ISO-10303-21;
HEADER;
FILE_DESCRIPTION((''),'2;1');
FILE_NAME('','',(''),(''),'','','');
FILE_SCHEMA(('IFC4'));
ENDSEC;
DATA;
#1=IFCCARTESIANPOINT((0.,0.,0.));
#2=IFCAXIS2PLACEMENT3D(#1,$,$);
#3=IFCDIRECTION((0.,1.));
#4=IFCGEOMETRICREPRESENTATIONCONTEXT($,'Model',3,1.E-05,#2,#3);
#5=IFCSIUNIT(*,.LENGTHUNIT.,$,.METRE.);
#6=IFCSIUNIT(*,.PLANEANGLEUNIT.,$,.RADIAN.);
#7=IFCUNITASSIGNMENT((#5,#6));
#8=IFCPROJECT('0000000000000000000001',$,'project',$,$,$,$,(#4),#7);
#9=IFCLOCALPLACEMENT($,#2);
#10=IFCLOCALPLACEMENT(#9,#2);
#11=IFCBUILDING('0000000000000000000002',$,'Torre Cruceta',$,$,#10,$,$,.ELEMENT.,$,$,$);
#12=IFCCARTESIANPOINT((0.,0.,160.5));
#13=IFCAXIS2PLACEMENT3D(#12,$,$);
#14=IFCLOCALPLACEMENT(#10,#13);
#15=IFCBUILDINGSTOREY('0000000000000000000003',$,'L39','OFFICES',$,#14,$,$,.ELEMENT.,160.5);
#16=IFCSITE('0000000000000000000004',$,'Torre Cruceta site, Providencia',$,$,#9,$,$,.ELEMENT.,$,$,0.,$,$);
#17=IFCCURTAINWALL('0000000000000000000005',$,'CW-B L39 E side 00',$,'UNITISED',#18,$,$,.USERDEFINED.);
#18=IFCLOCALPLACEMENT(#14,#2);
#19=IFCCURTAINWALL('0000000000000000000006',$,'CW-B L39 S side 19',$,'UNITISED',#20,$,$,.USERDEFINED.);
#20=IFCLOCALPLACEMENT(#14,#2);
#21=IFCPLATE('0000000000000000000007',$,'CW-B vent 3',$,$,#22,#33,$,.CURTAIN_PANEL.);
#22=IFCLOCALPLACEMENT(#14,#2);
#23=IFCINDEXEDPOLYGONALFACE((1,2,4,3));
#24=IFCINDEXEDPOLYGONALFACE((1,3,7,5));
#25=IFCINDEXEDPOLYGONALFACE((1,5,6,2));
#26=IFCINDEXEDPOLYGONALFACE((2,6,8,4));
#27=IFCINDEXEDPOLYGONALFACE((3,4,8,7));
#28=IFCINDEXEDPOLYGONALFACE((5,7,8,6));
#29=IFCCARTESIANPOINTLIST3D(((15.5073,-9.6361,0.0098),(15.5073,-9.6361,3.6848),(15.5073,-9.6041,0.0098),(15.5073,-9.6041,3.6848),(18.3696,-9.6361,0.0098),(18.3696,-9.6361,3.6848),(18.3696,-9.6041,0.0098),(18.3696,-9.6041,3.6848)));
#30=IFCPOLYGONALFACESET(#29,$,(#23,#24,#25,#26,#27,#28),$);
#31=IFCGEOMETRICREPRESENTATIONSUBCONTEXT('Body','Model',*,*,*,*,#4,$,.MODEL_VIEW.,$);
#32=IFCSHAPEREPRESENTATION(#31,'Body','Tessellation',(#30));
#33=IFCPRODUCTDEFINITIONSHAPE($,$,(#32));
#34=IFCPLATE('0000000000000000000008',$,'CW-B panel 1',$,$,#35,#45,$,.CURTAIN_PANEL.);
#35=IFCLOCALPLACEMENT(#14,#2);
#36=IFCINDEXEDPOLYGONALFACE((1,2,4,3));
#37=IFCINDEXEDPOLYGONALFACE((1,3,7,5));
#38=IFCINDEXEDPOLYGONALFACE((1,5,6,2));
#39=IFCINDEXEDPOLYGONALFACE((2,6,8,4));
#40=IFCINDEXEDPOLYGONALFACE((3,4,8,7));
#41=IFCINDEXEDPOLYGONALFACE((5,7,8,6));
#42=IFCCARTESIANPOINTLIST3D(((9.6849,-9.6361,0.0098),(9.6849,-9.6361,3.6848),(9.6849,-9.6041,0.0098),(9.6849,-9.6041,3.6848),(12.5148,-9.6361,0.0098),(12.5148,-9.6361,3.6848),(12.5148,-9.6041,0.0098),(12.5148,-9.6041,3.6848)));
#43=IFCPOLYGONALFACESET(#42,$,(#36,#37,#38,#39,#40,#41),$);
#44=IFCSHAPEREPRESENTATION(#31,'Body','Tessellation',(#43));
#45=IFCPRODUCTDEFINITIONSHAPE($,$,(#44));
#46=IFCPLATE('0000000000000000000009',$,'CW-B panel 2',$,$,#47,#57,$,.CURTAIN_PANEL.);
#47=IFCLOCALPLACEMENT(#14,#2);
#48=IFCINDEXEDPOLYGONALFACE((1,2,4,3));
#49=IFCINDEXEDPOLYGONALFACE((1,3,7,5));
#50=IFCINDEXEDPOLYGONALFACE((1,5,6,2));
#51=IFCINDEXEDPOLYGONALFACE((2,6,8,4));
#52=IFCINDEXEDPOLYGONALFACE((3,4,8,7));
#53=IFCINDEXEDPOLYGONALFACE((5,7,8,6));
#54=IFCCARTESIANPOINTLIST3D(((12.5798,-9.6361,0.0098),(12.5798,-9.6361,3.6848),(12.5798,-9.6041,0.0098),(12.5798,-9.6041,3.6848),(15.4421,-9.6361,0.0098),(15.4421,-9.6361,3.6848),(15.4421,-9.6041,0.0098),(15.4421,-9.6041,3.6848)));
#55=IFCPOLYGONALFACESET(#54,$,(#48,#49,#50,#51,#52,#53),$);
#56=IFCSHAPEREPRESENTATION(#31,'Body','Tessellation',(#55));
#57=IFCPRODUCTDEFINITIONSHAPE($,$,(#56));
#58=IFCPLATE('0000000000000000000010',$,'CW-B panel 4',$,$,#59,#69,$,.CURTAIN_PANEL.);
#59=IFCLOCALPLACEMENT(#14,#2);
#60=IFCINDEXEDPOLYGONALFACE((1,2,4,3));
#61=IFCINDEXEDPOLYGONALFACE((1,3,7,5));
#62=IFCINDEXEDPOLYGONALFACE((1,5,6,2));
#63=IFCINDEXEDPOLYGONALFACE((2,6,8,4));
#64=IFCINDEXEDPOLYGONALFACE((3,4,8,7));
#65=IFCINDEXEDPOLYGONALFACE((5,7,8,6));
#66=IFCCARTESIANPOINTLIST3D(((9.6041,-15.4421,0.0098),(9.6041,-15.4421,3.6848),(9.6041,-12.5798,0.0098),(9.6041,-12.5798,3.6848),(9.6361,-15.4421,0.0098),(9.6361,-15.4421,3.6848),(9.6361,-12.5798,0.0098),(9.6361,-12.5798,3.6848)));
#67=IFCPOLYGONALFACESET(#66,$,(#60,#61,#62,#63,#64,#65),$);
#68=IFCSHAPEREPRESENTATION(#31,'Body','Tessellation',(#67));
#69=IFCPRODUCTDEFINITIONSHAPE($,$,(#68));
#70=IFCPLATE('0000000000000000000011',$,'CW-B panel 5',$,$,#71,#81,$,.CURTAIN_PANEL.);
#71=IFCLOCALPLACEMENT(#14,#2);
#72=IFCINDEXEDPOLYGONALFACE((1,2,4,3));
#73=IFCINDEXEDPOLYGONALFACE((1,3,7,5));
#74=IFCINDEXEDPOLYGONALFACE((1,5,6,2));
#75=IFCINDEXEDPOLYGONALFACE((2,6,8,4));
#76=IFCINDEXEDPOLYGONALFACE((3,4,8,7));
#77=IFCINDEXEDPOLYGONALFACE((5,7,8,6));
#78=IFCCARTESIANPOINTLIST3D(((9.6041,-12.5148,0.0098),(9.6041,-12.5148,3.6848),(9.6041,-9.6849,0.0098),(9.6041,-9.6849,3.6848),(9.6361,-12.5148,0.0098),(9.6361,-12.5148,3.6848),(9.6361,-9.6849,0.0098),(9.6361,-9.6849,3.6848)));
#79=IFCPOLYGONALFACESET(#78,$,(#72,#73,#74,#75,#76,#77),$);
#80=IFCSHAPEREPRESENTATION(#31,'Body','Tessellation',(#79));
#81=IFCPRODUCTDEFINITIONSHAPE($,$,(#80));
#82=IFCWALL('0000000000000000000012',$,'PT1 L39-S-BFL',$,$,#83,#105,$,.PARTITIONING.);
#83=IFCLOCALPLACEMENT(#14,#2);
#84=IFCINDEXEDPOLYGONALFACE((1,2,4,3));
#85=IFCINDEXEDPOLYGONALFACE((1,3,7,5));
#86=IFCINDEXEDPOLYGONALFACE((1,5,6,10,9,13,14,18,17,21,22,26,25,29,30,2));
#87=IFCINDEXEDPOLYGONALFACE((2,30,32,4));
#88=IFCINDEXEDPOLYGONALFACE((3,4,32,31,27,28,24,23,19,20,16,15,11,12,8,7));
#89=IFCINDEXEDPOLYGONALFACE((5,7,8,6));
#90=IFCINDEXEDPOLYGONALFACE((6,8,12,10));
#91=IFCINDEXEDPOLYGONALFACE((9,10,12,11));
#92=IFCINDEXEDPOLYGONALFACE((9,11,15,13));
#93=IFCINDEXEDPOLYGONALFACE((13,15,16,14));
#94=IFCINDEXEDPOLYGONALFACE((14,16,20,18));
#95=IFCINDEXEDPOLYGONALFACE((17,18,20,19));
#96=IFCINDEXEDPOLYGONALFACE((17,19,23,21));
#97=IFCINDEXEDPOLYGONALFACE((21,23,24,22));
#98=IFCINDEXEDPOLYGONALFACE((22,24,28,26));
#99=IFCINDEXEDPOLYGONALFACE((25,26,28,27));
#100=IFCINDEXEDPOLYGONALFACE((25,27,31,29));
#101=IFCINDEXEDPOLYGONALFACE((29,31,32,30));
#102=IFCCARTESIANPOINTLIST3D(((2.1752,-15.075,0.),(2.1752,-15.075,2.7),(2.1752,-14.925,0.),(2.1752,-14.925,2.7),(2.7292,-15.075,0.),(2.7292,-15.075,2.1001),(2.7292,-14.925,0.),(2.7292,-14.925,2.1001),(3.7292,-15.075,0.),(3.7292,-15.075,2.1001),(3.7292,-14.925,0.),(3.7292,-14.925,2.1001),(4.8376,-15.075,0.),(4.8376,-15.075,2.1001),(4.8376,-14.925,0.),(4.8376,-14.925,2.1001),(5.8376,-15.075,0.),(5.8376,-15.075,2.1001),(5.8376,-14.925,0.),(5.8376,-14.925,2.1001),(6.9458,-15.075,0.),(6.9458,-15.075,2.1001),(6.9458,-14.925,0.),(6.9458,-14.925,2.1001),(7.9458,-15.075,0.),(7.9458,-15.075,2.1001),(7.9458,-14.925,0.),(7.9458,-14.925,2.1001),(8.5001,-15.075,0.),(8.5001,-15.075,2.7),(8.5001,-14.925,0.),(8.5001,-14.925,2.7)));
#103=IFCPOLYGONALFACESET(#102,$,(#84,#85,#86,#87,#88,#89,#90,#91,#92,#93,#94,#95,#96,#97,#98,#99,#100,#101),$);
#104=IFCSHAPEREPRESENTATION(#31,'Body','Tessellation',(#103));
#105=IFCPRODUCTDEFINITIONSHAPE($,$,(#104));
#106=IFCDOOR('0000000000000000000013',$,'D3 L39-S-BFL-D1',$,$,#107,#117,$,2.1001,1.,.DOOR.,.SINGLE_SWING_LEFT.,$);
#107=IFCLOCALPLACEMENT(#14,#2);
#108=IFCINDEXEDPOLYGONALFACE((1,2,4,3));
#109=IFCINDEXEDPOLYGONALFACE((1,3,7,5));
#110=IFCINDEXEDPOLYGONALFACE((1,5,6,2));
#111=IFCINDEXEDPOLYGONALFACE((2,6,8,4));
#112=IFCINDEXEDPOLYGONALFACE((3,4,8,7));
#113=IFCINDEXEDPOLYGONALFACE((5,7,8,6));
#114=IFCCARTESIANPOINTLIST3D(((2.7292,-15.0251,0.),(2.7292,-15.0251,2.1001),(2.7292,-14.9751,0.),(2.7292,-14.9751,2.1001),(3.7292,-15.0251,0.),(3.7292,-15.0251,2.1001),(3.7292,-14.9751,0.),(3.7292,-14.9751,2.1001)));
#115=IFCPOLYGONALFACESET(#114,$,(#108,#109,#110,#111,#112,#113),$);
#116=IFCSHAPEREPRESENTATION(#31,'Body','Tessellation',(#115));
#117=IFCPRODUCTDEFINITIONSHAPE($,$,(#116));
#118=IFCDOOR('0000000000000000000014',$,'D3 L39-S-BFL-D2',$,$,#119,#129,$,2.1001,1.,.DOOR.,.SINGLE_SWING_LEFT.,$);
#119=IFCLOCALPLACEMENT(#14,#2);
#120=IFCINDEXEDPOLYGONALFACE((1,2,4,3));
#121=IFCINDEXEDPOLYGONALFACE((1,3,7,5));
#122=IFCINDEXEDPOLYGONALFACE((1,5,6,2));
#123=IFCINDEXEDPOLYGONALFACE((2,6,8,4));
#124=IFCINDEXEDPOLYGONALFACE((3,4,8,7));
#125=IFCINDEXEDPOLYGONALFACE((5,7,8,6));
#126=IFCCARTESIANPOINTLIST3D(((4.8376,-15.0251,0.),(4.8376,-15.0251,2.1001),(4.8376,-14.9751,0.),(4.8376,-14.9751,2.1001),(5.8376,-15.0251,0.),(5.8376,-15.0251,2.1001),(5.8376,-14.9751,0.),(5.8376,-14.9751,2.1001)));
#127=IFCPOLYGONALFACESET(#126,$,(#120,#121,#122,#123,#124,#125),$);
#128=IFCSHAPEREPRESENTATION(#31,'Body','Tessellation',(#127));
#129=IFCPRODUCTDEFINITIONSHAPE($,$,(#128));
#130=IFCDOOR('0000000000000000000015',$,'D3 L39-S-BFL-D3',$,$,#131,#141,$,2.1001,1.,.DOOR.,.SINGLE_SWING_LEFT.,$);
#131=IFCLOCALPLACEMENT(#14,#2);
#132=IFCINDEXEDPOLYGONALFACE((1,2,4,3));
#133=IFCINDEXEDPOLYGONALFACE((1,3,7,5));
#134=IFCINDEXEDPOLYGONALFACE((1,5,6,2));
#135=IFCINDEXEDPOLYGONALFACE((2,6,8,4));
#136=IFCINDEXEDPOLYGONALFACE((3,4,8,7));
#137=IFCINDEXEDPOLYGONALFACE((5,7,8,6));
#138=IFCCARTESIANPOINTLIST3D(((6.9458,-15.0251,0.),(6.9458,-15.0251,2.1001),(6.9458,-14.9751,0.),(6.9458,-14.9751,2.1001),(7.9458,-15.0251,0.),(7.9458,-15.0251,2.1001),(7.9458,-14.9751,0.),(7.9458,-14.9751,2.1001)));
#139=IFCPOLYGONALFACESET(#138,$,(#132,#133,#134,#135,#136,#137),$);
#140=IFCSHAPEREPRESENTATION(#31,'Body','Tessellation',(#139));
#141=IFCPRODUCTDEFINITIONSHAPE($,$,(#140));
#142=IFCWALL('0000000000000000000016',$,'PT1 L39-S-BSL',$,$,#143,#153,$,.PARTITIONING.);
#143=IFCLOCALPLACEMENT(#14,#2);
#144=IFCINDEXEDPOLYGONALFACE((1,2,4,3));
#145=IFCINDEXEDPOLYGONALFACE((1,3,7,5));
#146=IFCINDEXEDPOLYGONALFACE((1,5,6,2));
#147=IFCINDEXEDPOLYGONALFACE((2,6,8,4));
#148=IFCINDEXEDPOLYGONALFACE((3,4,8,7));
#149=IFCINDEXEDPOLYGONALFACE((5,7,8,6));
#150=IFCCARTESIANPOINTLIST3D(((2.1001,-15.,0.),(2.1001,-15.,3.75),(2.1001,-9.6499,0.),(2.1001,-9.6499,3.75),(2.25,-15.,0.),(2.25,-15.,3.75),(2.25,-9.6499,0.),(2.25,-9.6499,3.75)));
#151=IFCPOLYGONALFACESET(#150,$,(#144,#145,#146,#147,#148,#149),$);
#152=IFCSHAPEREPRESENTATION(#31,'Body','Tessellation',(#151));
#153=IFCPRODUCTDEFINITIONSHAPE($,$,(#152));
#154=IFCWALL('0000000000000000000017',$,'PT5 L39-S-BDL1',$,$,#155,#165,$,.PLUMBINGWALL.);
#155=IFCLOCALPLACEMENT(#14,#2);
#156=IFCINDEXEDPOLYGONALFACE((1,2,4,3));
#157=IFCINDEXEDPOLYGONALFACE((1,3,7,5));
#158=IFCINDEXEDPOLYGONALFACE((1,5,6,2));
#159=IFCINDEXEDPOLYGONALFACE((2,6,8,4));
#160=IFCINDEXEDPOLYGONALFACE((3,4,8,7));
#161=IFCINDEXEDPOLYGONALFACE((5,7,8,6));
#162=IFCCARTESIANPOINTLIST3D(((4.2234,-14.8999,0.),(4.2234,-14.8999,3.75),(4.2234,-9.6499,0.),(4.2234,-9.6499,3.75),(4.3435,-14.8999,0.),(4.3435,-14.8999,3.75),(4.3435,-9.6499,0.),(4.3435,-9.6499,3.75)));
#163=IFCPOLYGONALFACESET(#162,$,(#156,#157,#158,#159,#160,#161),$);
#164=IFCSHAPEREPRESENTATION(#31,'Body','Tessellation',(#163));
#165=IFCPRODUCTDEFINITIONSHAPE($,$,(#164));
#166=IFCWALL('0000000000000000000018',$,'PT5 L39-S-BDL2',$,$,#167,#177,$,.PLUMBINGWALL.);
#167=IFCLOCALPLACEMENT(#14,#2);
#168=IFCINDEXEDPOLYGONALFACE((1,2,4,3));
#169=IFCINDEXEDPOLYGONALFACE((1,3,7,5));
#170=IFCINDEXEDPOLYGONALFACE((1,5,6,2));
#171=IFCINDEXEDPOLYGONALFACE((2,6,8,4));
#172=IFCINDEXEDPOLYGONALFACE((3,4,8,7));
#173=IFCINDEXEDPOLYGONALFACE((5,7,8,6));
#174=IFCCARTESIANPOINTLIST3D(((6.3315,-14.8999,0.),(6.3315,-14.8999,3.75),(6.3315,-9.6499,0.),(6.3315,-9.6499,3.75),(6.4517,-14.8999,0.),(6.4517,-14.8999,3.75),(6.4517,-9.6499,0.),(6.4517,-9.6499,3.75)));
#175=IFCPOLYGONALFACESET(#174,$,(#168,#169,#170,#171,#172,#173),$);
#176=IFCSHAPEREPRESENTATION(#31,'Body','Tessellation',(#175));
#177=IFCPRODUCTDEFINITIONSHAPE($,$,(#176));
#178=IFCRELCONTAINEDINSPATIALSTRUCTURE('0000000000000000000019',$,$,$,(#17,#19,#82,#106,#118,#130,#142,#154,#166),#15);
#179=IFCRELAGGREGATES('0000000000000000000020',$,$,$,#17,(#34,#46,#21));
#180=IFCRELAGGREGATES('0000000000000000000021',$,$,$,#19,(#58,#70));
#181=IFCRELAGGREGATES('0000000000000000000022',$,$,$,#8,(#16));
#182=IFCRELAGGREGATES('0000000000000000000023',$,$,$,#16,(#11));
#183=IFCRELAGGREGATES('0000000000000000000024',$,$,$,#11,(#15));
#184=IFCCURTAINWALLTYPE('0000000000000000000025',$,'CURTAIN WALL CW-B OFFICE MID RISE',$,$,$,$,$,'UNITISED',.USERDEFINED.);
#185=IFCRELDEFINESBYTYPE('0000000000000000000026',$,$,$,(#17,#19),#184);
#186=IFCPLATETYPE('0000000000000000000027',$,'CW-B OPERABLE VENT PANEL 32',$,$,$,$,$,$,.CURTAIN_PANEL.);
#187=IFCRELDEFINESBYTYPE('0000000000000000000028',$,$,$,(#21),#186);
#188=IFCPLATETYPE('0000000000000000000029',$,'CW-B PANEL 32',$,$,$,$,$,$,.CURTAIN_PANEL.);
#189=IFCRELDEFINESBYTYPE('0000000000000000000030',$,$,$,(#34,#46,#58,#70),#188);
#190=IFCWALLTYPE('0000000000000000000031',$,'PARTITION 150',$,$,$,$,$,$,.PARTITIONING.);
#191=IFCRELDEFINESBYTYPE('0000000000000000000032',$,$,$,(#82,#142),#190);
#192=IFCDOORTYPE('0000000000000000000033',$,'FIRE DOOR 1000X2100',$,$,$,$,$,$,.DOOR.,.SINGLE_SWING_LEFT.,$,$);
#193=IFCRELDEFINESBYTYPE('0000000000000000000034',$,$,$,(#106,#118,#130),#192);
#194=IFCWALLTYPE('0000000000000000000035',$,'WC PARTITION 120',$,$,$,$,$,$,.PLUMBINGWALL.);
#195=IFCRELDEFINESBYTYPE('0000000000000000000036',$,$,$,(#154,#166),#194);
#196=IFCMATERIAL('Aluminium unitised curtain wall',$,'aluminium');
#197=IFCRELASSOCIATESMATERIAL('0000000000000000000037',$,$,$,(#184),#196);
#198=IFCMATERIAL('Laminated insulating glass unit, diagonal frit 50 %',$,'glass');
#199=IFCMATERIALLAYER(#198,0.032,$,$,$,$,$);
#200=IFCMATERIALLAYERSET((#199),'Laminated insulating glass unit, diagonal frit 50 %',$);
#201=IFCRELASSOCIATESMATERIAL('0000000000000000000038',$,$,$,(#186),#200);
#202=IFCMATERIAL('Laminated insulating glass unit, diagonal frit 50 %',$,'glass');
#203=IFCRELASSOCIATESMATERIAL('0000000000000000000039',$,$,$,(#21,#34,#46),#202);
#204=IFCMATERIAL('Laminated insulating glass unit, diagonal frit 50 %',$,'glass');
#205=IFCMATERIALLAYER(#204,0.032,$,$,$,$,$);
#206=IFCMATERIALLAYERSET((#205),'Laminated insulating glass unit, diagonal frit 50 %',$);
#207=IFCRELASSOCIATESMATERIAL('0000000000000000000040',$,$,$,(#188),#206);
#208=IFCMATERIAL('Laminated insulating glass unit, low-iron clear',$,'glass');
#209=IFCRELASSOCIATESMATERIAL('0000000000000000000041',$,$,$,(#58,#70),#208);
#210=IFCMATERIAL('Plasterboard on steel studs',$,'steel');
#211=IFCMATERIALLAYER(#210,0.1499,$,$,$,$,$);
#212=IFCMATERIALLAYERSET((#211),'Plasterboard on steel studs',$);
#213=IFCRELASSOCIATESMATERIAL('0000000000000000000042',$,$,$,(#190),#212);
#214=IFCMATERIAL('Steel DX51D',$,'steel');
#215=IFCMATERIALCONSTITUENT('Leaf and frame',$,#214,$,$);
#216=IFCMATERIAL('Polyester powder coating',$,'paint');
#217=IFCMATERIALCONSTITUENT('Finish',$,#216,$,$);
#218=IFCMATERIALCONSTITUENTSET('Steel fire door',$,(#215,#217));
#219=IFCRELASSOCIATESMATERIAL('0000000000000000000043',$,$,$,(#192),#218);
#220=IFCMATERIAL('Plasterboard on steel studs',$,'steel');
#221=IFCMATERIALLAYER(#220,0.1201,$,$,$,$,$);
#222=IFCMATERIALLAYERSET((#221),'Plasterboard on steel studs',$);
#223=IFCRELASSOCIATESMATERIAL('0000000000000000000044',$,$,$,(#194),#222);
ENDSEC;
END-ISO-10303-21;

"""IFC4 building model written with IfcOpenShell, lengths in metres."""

from ifc_helpers import new_model, si_unit, direction, frame, frame_2d, origin, origin_2d, place, context, subcontext, project, spatial, rectangle, extrude, material, layer, layer_set, constituent, constituent_set, type_object, element, fill, aggregate, save


model = new_model("IFC4")

# Units and contexts
model_context = context("Model", 3, precision=1e-05, world=origin(), true_north=direction((0.0, 1.0)))
body_context = subcontext(model_context, "Body", "Model", "MODEL_VIEW")
ifc_project = project(units=[si_unit("LENGTHUNIT", "METRE"), si_unit("PLANEANGLEUNIT", "RADIAN")], contexts=[model_context])

# Site, building, storey
site_placement = place(None, origin())
site = spatial("IfcSite", under=ifc_project, at=site_placement, Name="Torre Cruceta site, Providencia", CompositionType="ELEMENT", RefElevation=0.0)
building_placement = place(site_placement, origin())
building = spatial("IfcBuilding", under=site, at=building_placement, Name="Torre Cruceta", CompositionType="ELEMENT")
storey_placement = place(building_placement, frame((0.0, 0.0, 160.5)))
storey = spatial("IfcBuildingStorey", under=building, at=storey_placement, Name="L39", Description="OFFICES", CompositionType="ELEMENT", Elevation=160.5)

# Curtain walls
ifc_material_1 = material(Name="Aluminium unitised curtain wall", Category="aluminium")
curtain_wall_type = type_object("IfcCurtainWallType", Name="CURTAIN WALL CW-B OFFICE MID RISE", ElementType="UNITISED", PredefinedType="USERDEFINED", material=ifc_material_1)
curtain_wall_1_placement = place(storey_placement, origin())
curtain_wall_1 = element("IfcCurtainWall", 1, at=curtain_wall_1_placement, inside=storey, type_object=curtain_wall_type, Name="CW-B L39 E side 00", ObjectType="UNITISED", PredefinedType="USERDEFINED")
curtain_wall_2_placement = place(storey_placement, origin())
curtain_wall_2 = element("IfcCurtainWall", 2, at=curtain_wall_2_placement, inside=storey, type_object=curtain_wall_type, Name="CW-B L39 S side 19", ObjectType="UNITISED", PredefinedType="USERDEFINED")

# Plates
ifc_material_2 = material(Name="Laminated insulating glass unit, diagonal frit 50 %", Category="glass")
ifc_material_3 = material(Name="Laminated insulating glass unit, diagonal frit 50 %", Category="glass")
ifc_layer_1 = layer(ifc_material_3, 0.032)
ifc_layer_set_1 = layer_set([ifc_layer_1], Name="Laminated insulating glass unit, diagonal frit 50 %")
plate_type_1 = type_object("IfcPlateType", Name="CW-B OPERABLE VENT PANEL 32", PredefinedType="CURTAIN_PANEL", material=ifc_layer_set_1)
plate_1_placement = place(storey_placement, frame((16.9385, -9.6201, 0.0098), z_axis=(0.0, 0.0, 1.0), x_axis=(1.0, 0.0, 0.0)))
plate_1 = element("IfcPlate", 3, at=plate_1_placement, type_object=plate_type_1, material=ifc_material_2, Name="CW-B vent 3", PredefinedType="CURTAIN_PANEL", context=body_context, shape_type="SweptSolid", body=[
    extrude(rectangle(XDim=2.8623, YDim=0.032, at=origin_2d()), origin(), (0.0, 0.0, 1.0), 3.675),
])
ifc_material_4 = material(Name="Laminated insulating glass unit, diagonal frit 50 %", Category="glass")
ifc_layer_2 = layer(ifc_material_4, 0.032)
ifc_layer_set_2 = layer_set([ifc_layer_2], Name="Laminated insulating glass unit, diagonal frit 50 %")
plate_type_2 = type_object("IfcPlateType", Name="CW-B PANEL 32", PredefinedType="CURTAIN_PANEL", material=ifc_layer_set_2)
plate_2_placement = place(storey_placement, frame((11.0999, -9.6201, 0.0098), z_axis=(0.0, 0.0, 1.0), x_axis=(1.0, 0.0, 0.0)))
plate_2 = element("IfcPlate", 4, at=plate_2_placement, type_object=plate_type_2, material=ifc_material_2, Name="CW-B panel 1", PredefinedType="CURTAIN_PANEL", context=body_context, shape_type="SweptSolid", body=[
    extrude(rectangle(XDim=2.8298, YDim=0.032, at=origin_2d()), origin(), (0.0, 0.0, 1.0), 3.675),
])
plate_3_placement = place(storey_placement, frame((14.011, -9.6201, 0.0098), z_axis=(0.0, 0.0, 1.0), x_axis=(1.0, 0.0, 0.0)))
plate_3 = element("IfcPlate", 5, at=plate_3_placement, type_object=plate_type_2, material=ifc_material_2, Name="CW-B panel 2", PredefinedType="CURTAIN_PANEL", context=body_context, shape_type="SweptSolid", body=[
    extrude(rectangle(XDim=2.8623, YDim=0.032, at=origin_2d()), origin(), (0.0, 0.0, 1.0), 3.675),
])
aggregate(curtain_wall_1, [plate_2, plate_3, plate_1])
ifc_material_5 = material(Name="Laminated insulating glass unit, low-iron clear", Category="glass")
plate_4_placement = place(storey_placement, frame((9.6201, -14.011, 0.0098), z_axis=(0.0, 0.0, 1.0), x_axis=(0.0, 1.0, 0.0)))
plate_4 = element("IfcPlate", 6, at=plate_4_placement, type_object=plate_type_2, material=ifc_material_5, Name="CW-B panel 4", PredefinedType="CURTAIN_PANEL", context=body_context, shape_type="SweptSolid", body=[
    extrude(rectangle(XDim=2.8623, YDim=0.032, at=origin_2d()), origin(), (0.0, 0.0, 1.0), 3.675),
])
plate_5_placement = place(storey_placement, frame((9.6201, -11.0999, 0.0098), z_axis=(0.0, 0.0, 1.0), x_axis=(0.0, 1.0, 0.0)))
plate_5 = element("IfcPlate", 7, at=plate_5_placement, type_object=plate_type_2, material=ifc_material_5, Name="CW-B panel 5", PredefinedType="CURTAIN_PANEL", context=body_context, shape_type="SweptSolid", body=[
    extrude(rectangle(XDim=2.8298, YDim=0.032, at=origin_2d()), origin(), (0.0, 0.0, 1.0), 3.675),
])
aggregate(curtain_wall_2, [plate_4, plate_5])

# Wall, openings, doors
ifc_material_6 = material(Name="Plasterboard on steel studs", Category="steel")
ifc_layer_3 = layer(ifc_material_6, 0.1499)
ifc_layer_set_3 = layer_set([ifc_layer_3], Name="Plasterboard on steel studs")
wall_type_1 = type_object("IfcWallType", Name="PARTITION 150", PredefinedType="PARTITIONING", material=ifc_layer_set_3)
wall_1_placement = place(storey_placement, frame((2.175, -15.0, 0.0), z_axis=(0.0, 0.0, 1.0), x_axis=(1.0, 0.0, 0.0)))
wall_1 = element("IfcWall", 8, at=wall_1_placement, inside=storey, type_object=wall_type_1, Name="PT1 L39-S-BFL", PredefinedType="PARTITIONING", context=body_context, shape_type="SweptSolid", body=[
    extrude(rectangle(XDim=6.325, YDim=0.1499, at=frame_2d((3.1626, 0.0))), origin(), (0.0, 0.0, 1.0), 2.7),
])
opening_1_placement = place(wall_1_placement, frame((0.5542, 0.0, 0.0)))
opening_1 = element("IfcOpeningElement", 9, at=opening_1_placement, cuts=wall_1, PredefinedType="OPENING", context=body_context, shape_type="SweptSolid", body=[
    extrude(rectangle(XDim=1.0, YDim=2.1001, at=frame_2d((0.5, 1.05))), frame((0.0, 0.085, 0.0), z_axis=(0.0, -1.0, 0.0), x_axis=(1.0, 0.0, 0.0)), (0.0, 0.0, 1.0), 0.1699),
])
opening_2_placement = place(wall_1_placement, frame((2.6626, 0.0, 0.0)))
opening_2 = element("IfcOpeningElement", 10, at=opening_2_placement, cuts=wall_1, PredefinedType="OPENING", context=body_context, shape_type="SweptSolid", body=[
    extrude(rectangle(XDim=1.0, YDim=2.1001, at=frame_2d((0.5, 1.05))), frame((0.0, 0.085, 0.0), z_axis=(0.0, -1.0, 0.0), x_axis=(1.0, 0.0, 0.0)), (0.0, 0.0, 1.0), 0.1699),
])
opening_3_placement = place(wall_1_placement, frame((4.7708, 0.0, 0.0)))
opening_3 = element("IfcOpeningElement", 11, at=opening_3_placement, cuts=wall_1, PredefinedType="OPENING", context=body_context, shape_type="SweptSolid", body=[
    extrude(rectangle(XDim=1.0, YDim=2.1001, at=frame_2d((0.5, 1.05))), frame((0.0, 0.085, 0.0), z_axis=(0.0, -1.0, 0.0), x_axis=(1.0, 0.0, 0.0)), (0.0, 0.0, 1.0), 0.1699),
])
ifc_material_7 = material(Name="Steel DX51D", Category="steel")
ifc_constituent_1 = constituent(ifc_material_7, Name="Leaf and frame")
ifc_material_8 = material(Name="Polyester powder coating", Category="paint")
ifc_constituent_2 = constituent(ifc_material_8, Name="Finish")
ifc_constituent_set = constituent_set(constituents=[ifc_constituent_1, ifc_constituent_2], Name="Steel fire door")
door_type = type_object("IfcDoorType", Name="FIRE DOOR 1000X2100", OperationType="SINGLE_SWING_LEFT", PredefinedType="DOOR", material=ifc_constituent_set)
door_1_placement = place(opening_1_placement, origin())
door_1 = element("IfcDoor", 12, at=door_1_placement, inside=storey, type_object=door_type, Name="D3 L39-S-BFL-D1", OperationType="SINGLE_SWING_LEFT", OverallHeight=2.1001, OverallWidth=1.0, PredefinedType="DOOR", context=body_context, shape_type="SweptSolid", body=[
    extrude(rectangle(XDim=1.0, YDim=2.1001, at=frame_2d((0.5, 1.05))), frame((0.0, 0.0249, 0.0), z_axis=(0.0, -1.0, 0.0), x_axis=(1.0, 0.0, 0.0)), (0.0, 0.0, 1.0), 0.05),
])
fill(opening_1, door_1)
door_2_placement = place(opening_2_placement, origin())
door_2 = element("IfcDoor", 13, at=door_2_placement, inside=storey, type_object=door_type, Name="D3 L39-S-BFL-D2", OperationType="SINGLE_SWING_LEFT", OverallHeight=2.1001, OverallWidth=1.0, PredefinedType="DOOR", context=body_context, shape_type="SweptSolid", body=[
    extrude(rectangle(XDim=1.0, YDim=2.1001, at=frame_2d((0.5, 1.05))), frame((0.0, 0.0249, 0.0), z_axis=(0.0, -1.0, 0.0), x_axis=(1.0, 0.0, 0.0)), (0.0, 0.0, 1.0), 0.05),
])
fill(opening_2, door_2)
door_3_placement = place(opening_3_placement, origin())
door_3 = element("IfcDoor", 14, at=door_3_placement, inside=storey, type_object=door_type, Name="D3 L39-S-BFL-D3", OperationType="SINGLE_SWING_LEFT", OverallHeight=2.1001, OverallWidth=1.0, PredefinedType="DOOR", context=body_context, shape_type="SweptSolid", body=[
    extrude(rectangle(XDim=1.0, YDim=2.1001, at=frame_2d((0.5, 1.05))), frame((0.0, 0.0249, 0.0), z_axis=(0.0, -1.0, 0.0), x_axis=(1.0, 0.0, 0.0)), (0.0, 0.0, 1.0), 0.05),
])
fill(opening_3, door_3)

# Walls
wall_2_placement = place(storey_placement, frame((2.175, -9.6499, 0.0), z_axis=(0.0, 0.0, 1.0), x_axis=(0.0, -1.0, 0.0)))
element("IfcWall", 15, at=wall_2_placement, inside=storey, type_object=wall_type_1, Name="PT1 L39-S-BSL", PredefinedType="PARTITIONING", context=body_context, shape_type="SweptSolid", body=[
    extrude(rectangle(XDim=5.3501, YDim=0.1499, at=frame_2d((2.675, 0.0))), origin(), (0.0, 0.0, 1.0), 3.75),
])
ifc_material_9 = material(Name="Plasterboard on steel studs", Category="steel")
ifc_layer_4 = layer(ifc_material_9, 0.1201)
ifc_layer_set_4 = layer_set([ifc_layer_4], Name="Plasterboard on steel studs")
wall_type_2 = type_object("IfcWallType", Name="WC PARTITION 120", PredefinedType="PLUMBINGWALL", material=ifc_layer_set_4)
for number, where, z_axis, x_axis, name in (
    (16, (4.2834, -9.6499, 0.0), (0.0, 0.0, 1.0), (0.0, -1.0, 0.0), "PT5 L39-S-BDL1"),
    (17, (6.3916, -9.6499, 0.0), (0.0, 0.0, 1.0), (0.0, -1.0, 0.0), "PT5 L39-S-BDL2"),
):
    element("IfcWall", number, at=place(storey_placement, frame(where, z_axis=z_axis, x_axis=x_axis)), inside=storey, type_object=wall_type_2, Name=name, PredefinedType="PLUMBINGWALL", context=body_context, shape_type="SweptSolid", body=[
        extrude(rectangle(XDim=5.25, YDim=0.1201, at=frame_2d((2.625, 0.0))), origin(), (0.0, 0.0, 1.0), 3.75),
    ])

save(model, "model.ifc")
